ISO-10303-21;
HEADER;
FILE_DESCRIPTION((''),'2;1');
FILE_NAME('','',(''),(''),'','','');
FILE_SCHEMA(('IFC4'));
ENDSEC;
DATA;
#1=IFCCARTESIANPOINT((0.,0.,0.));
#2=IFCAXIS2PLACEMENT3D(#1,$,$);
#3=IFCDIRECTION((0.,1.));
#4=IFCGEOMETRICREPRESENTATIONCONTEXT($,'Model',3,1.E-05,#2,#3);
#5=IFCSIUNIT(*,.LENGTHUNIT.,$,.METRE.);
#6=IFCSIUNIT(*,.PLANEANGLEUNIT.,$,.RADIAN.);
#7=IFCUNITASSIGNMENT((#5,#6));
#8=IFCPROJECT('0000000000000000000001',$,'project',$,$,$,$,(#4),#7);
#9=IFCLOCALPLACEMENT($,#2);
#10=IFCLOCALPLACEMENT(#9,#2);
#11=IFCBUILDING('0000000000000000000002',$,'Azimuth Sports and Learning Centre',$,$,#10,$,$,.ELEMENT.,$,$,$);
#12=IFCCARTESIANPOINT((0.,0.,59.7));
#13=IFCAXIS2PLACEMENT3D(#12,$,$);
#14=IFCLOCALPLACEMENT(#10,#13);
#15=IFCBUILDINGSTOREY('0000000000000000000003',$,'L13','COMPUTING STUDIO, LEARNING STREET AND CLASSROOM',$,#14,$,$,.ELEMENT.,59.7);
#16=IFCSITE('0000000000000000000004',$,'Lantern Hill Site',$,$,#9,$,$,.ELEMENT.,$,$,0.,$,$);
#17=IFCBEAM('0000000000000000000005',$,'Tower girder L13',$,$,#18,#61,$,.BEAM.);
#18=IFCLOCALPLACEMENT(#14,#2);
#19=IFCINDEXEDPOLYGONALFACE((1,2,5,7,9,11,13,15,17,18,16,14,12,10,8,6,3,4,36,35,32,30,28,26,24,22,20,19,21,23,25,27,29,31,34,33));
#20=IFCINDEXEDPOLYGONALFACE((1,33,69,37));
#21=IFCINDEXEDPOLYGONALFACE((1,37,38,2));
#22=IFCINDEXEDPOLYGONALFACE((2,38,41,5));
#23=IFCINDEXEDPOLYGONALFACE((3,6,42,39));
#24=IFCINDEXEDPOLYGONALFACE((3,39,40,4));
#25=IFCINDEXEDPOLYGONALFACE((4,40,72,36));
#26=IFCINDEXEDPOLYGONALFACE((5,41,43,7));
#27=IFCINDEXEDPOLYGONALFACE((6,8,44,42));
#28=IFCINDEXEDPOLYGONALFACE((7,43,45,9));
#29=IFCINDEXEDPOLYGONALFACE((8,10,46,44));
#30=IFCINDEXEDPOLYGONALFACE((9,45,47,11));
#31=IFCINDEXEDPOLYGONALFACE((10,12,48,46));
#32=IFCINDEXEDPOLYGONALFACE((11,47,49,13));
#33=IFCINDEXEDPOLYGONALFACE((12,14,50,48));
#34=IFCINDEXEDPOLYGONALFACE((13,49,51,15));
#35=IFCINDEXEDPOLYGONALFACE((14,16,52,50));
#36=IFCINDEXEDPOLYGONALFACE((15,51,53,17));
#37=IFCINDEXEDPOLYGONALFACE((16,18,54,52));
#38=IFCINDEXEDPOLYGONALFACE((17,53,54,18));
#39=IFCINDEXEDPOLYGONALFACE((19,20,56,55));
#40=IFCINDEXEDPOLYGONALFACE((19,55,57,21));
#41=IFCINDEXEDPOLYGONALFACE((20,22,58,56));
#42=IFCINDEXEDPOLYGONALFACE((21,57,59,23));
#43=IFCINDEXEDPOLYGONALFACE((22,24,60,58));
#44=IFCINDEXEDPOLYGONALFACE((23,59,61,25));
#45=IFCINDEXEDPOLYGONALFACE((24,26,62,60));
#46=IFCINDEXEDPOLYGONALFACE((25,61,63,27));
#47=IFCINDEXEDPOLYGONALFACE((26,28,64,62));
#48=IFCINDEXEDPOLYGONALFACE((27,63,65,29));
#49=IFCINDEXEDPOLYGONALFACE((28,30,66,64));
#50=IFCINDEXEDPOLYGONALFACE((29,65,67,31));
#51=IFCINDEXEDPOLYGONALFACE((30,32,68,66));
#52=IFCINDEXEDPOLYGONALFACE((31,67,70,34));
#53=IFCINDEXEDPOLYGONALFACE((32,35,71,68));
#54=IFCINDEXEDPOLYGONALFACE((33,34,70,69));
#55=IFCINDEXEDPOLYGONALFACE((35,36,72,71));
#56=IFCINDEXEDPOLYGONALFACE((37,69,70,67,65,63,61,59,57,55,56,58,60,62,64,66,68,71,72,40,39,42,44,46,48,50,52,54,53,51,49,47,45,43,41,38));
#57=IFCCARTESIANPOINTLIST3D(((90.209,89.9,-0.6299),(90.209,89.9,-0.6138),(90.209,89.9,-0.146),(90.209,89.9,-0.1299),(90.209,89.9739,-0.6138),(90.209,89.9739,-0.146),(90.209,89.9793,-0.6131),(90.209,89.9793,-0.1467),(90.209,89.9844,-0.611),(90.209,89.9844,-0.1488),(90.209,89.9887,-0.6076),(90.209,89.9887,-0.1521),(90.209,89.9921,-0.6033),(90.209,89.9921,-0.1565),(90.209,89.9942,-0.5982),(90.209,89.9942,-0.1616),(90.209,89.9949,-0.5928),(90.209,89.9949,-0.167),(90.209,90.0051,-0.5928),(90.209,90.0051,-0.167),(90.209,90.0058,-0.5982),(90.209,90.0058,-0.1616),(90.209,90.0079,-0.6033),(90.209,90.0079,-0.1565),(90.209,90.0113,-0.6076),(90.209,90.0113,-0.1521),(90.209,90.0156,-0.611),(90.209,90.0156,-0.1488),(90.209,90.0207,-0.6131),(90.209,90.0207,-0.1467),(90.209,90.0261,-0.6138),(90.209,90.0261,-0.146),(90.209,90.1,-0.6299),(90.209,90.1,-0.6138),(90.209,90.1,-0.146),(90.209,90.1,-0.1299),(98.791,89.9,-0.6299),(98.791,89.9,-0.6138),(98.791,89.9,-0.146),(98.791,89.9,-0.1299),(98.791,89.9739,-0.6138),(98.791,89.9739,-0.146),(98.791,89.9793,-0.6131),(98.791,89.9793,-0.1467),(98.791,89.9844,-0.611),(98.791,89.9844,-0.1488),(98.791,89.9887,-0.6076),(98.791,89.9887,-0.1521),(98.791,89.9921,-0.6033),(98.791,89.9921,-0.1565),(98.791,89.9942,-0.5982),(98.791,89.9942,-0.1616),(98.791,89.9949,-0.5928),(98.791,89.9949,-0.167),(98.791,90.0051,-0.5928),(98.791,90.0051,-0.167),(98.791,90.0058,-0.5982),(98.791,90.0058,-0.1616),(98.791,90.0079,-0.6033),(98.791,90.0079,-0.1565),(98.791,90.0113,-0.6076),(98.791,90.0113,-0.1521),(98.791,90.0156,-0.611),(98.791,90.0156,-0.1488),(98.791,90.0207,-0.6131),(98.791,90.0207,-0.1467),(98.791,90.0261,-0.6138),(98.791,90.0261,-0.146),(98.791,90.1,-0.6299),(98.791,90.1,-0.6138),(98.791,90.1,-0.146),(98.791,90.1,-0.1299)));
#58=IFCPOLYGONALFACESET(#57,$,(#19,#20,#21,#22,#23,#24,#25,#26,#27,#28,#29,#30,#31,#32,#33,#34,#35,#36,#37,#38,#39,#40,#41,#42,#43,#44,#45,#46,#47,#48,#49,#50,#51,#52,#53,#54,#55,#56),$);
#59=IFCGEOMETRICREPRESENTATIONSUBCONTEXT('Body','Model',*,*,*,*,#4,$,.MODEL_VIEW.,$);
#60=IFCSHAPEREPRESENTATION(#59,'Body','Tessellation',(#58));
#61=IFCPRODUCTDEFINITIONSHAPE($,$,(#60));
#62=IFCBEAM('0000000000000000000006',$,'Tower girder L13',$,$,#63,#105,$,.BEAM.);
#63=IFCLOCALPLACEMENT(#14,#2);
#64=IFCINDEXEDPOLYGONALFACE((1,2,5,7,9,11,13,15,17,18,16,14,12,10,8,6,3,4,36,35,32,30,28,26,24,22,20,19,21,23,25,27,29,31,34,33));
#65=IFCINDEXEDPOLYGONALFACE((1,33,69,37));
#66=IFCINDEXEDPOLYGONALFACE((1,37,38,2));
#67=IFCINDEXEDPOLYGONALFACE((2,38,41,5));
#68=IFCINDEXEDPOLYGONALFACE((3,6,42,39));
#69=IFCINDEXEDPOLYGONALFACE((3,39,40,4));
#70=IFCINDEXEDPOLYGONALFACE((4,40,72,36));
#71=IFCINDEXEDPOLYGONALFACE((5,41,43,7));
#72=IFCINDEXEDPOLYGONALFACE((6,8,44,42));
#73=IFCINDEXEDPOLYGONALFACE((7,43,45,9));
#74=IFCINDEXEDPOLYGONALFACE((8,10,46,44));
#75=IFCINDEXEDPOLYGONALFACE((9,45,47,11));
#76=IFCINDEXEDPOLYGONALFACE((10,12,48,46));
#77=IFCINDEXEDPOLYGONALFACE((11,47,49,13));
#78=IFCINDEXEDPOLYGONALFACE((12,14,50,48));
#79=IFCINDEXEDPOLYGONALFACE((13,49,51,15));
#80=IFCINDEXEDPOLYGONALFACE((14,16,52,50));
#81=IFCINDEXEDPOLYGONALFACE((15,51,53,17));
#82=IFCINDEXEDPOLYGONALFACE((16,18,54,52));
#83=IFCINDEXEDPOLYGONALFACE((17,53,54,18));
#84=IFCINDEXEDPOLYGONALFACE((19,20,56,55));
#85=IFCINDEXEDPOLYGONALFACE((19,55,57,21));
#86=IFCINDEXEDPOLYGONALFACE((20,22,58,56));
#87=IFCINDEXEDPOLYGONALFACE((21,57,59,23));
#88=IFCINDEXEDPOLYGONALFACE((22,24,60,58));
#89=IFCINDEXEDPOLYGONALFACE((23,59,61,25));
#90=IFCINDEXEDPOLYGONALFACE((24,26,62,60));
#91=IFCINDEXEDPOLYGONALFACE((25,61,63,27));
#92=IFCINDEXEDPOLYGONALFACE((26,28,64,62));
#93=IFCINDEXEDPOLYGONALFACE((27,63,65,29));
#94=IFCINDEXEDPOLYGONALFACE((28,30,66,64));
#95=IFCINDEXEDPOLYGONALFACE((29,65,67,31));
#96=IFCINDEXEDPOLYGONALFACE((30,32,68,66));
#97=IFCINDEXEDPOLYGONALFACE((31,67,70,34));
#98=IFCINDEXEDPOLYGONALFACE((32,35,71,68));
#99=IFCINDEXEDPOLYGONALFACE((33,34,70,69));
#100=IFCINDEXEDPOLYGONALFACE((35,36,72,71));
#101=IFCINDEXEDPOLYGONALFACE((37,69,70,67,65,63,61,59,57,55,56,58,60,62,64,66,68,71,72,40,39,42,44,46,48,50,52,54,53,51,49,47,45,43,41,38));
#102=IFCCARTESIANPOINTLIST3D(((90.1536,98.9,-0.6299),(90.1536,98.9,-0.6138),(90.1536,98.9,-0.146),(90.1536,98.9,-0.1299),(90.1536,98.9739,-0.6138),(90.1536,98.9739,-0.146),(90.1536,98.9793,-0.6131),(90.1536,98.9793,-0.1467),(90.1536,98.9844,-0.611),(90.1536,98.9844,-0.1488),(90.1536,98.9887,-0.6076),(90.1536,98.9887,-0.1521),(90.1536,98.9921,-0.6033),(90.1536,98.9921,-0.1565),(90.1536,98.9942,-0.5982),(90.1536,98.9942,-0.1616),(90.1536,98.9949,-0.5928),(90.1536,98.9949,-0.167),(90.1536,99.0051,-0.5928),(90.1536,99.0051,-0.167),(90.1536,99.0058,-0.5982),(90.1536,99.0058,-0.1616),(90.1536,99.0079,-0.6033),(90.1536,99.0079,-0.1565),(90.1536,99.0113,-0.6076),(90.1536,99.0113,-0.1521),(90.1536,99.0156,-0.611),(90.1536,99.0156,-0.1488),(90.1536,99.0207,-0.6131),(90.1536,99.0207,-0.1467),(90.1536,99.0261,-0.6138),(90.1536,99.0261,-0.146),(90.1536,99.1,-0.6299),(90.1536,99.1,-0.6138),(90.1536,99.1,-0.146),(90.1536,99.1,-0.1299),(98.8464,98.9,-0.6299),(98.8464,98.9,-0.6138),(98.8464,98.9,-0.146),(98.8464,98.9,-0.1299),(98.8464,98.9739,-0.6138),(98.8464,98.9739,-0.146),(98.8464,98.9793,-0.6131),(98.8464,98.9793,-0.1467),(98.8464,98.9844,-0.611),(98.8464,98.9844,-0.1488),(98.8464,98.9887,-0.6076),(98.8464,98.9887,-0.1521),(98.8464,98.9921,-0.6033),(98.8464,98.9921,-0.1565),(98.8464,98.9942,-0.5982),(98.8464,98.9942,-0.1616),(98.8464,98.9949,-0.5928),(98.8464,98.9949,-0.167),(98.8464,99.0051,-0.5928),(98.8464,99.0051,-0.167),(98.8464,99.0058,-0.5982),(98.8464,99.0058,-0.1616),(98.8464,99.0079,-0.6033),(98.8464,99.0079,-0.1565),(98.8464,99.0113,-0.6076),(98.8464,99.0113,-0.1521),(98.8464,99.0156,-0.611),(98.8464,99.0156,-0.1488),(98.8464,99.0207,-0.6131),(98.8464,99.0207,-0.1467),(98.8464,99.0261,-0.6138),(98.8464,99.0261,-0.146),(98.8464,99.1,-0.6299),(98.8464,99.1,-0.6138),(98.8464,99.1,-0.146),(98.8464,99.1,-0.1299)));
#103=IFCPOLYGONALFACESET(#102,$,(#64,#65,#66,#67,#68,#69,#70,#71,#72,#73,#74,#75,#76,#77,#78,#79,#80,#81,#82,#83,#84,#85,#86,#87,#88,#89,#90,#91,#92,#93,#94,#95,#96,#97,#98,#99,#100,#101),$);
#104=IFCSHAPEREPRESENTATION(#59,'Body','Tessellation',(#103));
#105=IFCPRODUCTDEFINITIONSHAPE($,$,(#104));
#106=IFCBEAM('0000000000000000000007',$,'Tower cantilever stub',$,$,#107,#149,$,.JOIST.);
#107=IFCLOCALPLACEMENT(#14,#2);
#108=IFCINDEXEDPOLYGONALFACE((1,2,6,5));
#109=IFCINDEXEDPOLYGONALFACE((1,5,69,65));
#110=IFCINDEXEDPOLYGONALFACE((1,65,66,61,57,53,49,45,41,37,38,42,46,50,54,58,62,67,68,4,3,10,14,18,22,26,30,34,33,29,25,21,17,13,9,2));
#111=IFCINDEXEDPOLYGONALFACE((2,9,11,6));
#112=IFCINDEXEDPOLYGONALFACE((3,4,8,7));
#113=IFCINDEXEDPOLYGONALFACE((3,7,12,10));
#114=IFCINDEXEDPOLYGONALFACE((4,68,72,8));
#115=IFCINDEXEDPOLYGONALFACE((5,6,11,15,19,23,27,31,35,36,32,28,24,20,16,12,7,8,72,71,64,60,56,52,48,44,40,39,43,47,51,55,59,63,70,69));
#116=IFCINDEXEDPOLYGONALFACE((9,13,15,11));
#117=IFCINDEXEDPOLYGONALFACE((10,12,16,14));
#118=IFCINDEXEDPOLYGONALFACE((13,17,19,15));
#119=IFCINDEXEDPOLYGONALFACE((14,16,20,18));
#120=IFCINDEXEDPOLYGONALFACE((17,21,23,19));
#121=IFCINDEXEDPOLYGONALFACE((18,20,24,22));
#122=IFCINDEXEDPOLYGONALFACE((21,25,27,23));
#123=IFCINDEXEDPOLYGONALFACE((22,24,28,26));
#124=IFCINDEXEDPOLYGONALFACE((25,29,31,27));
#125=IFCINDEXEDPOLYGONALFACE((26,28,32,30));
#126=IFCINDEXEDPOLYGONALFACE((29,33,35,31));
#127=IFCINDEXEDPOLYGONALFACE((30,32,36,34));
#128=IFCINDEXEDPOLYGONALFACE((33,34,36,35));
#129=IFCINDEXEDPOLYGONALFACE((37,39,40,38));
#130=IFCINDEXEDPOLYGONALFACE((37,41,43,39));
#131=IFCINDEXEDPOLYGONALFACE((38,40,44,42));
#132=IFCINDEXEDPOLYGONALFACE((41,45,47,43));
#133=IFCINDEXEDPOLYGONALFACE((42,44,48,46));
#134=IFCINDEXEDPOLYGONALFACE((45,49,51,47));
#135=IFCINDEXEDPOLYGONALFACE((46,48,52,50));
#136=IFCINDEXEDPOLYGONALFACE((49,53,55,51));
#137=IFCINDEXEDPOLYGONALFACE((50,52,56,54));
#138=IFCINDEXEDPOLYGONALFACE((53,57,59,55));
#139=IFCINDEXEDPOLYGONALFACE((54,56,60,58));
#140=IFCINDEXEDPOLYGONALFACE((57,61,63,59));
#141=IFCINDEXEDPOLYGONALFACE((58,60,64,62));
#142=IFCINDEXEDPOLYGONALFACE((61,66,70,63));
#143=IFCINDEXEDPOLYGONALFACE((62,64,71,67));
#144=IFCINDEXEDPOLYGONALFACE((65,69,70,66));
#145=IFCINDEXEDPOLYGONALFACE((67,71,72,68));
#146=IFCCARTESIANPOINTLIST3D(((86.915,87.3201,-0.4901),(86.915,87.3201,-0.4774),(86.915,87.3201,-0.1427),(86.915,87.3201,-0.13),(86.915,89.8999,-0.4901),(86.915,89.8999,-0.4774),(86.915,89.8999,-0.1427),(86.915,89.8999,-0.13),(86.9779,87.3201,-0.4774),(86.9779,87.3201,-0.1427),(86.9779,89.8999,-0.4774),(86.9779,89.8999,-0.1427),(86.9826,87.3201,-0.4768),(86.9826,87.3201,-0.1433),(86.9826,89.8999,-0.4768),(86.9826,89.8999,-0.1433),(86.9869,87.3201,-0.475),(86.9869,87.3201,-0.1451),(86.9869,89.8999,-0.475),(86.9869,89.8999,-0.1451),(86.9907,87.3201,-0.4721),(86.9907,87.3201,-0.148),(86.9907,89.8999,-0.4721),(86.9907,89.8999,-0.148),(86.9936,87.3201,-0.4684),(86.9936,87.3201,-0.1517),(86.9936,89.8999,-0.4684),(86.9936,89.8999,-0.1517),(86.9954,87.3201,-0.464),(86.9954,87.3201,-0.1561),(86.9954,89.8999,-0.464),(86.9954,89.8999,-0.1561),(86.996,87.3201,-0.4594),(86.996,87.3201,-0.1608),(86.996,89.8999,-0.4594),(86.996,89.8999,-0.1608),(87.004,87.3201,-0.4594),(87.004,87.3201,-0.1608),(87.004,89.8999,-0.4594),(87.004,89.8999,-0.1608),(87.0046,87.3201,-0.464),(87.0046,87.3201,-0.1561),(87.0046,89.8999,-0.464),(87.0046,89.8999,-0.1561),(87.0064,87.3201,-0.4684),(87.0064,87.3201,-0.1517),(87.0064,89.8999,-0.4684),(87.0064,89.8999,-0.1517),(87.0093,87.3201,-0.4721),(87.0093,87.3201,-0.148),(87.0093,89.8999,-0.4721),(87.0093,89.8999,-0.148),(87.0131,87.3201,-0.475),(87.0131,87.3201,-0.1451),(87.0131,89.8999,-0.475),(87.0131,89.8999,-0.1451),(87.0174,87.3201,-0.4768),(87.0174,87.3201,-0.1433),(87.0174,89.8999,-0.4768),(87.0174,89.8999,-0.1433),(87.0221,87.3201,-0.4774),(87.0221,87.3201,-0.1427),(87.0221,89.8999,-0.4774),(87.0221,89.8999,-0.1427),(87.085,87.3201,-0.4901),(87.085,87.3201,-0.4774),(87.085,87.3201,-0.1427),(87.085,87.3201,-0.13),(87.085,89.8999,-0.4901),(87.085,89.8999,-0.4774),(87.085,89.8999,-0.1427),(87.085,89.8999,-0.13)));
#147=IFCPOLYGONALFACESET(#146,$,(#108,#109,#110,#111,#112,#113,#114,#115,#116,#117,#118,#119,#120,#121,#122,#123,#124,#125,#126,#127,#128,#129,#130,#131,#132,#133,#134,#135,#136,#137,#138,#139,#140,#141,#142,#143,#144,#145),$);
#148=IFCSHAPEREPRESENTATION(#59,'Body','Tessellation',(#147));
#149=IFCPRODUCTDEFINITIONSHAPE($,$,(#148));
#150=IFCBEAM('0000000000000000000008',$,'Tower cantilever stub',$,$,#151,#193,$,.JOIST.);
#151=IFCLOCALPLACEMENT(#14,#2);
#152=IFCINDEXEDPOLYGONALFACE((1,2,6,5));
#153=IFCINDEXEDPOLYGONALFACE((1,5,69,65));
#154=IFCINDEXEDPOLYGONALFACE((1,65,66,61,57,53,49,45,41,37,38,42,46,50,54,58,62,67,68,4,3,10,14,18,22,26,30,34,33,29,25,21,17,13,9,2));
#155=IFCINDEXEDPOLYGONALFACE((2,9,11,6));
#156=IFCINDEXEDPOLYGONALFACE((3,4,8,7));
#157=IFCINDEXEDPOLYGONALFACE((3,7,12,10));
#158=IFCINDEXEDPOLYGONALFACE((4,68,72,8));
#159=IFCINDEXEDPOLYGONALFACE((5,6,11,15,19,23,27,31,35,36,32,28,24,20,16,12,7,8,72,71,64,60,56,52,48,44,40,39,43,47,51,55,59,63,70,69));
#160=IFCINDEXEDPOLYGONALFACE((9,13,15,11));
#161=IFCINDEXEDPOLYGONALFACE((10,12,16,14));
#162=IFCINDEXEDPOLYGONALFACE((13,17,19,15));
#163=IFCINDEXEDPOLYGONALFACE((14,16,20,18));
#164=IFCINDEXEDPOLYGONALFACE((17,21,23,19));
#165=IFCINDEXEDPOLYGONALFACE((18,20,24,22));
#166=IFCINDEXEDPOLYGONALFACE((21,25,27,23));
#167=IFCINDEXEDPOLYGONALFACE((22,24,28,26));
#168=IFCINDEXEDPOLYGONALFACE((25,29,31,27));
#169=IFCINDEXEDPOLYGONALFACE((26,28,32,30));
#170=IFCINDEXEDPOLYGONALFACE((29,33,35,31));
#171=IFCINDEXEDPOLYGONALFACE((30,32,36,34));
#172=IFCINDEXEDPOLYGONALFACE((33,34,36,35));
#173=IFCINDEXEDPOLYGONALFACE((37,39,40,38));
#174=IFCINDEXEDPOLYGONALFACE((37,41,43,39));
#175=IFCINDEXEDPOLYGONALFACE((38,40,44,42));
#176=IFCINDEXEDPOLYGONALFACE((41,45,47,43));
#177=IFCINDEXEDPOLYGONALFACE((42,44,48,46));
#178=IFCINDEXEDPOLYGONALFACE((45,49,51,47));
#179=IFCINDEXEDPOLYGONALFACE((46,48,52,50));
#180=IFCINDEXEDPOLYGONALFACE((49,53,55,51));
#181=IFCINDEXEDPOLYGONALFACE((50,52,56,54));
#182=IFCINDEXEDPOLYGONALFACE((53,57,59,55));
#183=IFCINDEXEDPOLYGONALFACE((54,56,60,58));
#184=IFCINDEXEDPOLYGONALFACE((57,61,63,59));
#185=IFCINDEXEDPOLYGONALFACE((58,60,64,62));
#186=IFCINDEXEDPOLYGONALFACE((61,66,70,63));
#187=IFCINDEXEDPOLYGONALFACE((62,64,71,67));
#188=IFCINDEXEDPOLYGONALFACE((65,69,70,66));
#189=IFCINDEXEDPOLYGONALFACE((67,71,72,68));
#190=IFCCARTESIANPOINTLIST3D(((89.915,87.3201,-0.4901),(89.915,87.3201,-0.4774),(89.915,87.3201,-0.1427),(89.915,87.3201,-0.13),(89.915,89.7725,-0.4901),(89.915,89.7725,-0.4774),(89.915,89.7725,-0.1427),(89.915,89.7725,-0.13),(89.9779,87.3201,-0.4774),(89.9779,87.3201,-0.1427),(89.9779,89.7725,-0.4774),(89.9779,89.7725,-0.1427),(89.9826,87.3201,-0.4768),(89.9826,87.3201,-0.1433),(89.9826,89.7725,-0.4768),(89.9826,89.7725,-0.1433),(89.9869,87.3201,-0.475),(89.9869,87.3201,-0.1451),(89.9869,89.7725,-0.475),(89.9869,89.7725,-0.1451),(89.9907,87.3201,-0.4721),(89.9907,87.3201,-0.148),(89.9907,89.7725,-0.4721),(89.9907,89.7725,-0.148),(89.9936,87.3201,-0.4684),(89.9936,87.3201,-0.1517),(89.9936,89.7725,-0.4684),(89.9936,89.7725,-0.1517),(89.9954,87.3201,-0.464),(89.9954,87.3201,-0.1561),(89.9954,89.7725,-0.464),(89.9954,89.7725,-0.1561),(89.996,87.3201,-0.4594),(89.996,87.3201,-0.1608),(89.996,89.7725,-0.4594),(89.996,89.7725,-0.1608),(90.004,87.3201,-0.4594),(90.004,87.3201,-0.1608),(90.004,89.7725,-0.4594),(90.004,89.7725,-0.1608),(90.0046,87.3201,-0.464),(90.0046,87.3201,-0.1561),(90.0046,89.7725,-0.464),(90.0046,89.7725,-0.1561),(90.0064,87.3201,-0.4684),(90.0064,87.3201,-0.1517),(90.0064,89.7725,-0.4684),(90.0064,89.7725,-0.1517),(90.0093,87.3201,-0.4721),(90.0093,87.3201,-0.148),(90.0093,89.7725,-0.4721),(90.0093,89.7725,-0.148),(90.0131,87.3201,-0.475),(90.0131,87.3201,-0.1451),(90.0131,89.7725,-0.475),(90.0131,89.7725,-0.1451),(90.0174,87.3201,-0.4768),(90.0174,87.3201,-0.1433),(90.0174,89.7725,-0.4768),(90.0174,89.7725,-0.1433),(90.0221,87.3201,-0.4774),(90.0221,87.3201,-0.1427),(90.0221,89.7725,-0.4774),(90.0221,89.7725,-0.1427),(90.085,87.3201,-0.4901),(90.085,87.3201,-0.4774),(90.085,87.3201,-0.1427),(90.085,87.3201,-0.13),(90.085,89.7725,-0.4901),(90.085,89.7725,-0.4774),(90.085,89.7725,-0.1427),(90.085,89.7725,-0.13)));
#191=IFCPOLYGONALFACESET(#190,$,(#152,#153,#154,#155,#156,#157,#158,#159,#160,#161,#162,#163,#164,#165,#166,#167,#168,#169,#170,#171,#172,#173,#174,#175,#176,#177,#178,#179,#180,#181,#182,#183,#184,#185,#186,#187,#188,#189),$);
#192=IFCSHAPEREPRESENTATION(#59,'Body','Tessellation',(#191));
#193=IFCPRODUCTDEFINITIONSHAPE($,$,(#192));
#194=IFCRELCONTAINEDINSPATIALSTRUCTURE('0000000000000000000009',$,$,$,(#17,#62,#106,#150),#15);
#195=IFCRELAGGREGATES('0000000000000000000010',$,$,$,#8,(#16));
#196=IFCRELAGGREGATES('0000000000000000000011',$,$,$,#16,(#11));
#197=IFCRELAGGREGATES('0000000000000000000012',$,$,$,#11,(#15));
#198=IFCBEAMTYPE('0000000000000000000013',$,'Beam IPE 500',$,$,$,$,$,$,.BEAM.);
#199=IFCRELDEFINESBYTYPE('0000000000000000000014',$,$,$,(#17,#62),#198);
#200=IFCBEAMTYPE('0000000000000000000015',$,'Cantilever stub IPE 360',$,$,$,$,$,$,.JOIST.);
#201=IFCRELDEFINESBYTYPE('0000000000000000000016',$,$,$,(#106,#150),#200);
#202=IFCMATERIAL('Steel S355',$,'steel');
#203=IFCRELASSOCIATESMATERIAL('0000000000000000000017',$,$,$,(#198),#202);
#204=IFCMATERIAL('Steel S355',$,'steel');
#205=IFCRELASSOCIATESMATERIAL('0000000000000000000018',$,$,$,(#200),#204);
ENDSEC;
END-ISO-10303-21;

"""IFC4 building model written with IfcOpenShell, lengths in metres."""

from ifc_helpers import new_model, si_unit, direction, frame, origin, origin_2d, place, context, subcontext, project, spatial, i_section, extrude, material, material_profile, profile_set, type_object, element, save


model = new_model("IFC4")

# Units and contexts
model_context = context("Model", 3, precision=1e-05, world=origin(), true_north=direction((0.0, 1.0)))
body_context = subcontext(model_context, "Body", "Model", "MODEL_VIEW")
ifc_project = project(units=[si_unit("LENGTHUNIT", "METRE"), si_unit("PLANEANGLEUNIT", "RADIAN")], contexts=[model_context])

# Site, building, storey
site_placement = place(None, origin())
site = spatial("IfcSite", under=ifc_project, at=site_placement, Name="Lantern Hill Site", CompositionType="ELEMENT", RefElevation=0.0)
building_placement = place(site_placement, origin())
building = spatial("IfcBuilding", under=site, at=building_placement, Name="Azimuth Sports and Learning Centre", CompositionType="ELEMENT")
storey_placement = place(building_placement, frame((0.0, 0.0, 59.7)))
storey = spatial("IfcBuildingStorey", under=building, at=storey_placement, Name="L13", Description="COMPUTING STUDIO, LEARNING STREET AND CLASSROOM", CompositionType="ELEMENT", Elevation=59.7)

# Beams
ifc_material_1 = material(Name="Steel S355", Category="steel")
ifc_material_profile_1 = material_profile(ifc_material_1, i_section(OverallWidth=0.2, OverallDepth=0.5, WebThickness=0.0103, FlangeThickness=0.0161, FilletRadius=0.021, at=origin_2d()), Name="IPE 500")
ifc_profile_set_1 = profile_set([ifc_material_profile_1], Name="Steel S355")
beam_type_1 = type_object("IfcBeamType", Name="Beam IPE 500", PredefinedType="BEAM", material=ifc_profile_set_1)
beam_1_placement = place(storey_placement, frame((90.209, 90.0, -0.3799), z_axis=(1.0, 0.0, 0.0), x_axis=(0.0, 1.0, 0.0)))
element("IfcBeam", 1, at=beam_1_placement, inside=storey, type_object=beam_type_1, Name="Tower girder L13", PredefinedType="BEAM", context=body_context, shape_type="SweptSolid", body=[
    extrude(i_section(OverallWidth=0.2, OverallDepth=0.5, WebThickness=0.0103, FlangeThickness=0.0161, FilletRadius=0.021, at=origin_2d()), origin(), (0.0, 0.0, 1.0), 8.582),
])
beam_2_placement = place(storey_placement, frame((90.1536, 99.0, -0.3799), z_axis=(1.0, 0.0, 0.0), x_axis=(0.0, 1.0, 0.0)))
element("IfcBeam", 2, at=beam_2_placement, inside=storey, type_object=beam_type_1, Name="Tower girder L13", PredefinedType="BEAM", context=body_context, shape_type="SweptSolid", body=[
    extrude(i_section(OverallWidth=0.2, OverallDepth=0.5, WebThickness=0.0103, FlangeThickness=0.0161, FilletRadius=0.021, at=origin_2d()), origin(), (0.0, 0.0, 1.0), 8.6929),
])
ifc_material_2 = material(Name="Steel S355", Category="steel")
ifc_material_profile_2 = material_profile(ifc_material_2, i_section(OverallWidth=0.1699, OverallDepth=0.3601, WebThickness=0.0081, FlangeThickness=0.0127, FilletRadius=0.0181, at=origin_2d()), Name="IPE 360")
ifc_profile_set_2 = profile_set([ifc_material_profile_2], Name="Steel S355")
beam_type_2 = type_object("IfcBeamType", Name="Cantilever stub IPE 360", PredefinedType="JOIST", material=ifc_profile_set_2)
beam_3_placement = place(storey_placement, frame((87.0, 89.8999, -0.3101), z_axis=(0.0, -1.0, 0.0), x_axis=(1.0, 0.0, 0.0)))
element("IfcBeam", 3, at=beam_3_placement, inside=storey, type_object=beam_type_2, Name="Tower cantilever stub", PredefinedType="JOIST", context=body_context, shape_type="SweptSolid", body=[
    extrude(i_section(OverallWidth=0.1699, OverallDepth=0.3601, WebThickness=0.0081, FlangeThickness=0.0127, FilletRadius=0.0181, at=origin_2d()), origin(), (0.0, 0.0, 1.0), 2.5798),
])
beam_4_placement = place(storey_placement, frame((90.0, 89.7725, -0.3101), z_axis=(0.0, -1.0, 0.0), x_axis=(1.0, 0.0, 0.0)))
element("IfcBeam", 4, at=beam_4_placement, inside=storey, type_object=beam_type_2, Name="Tower cantilever stub", PredefinedType="JOIST", context=body_context, shape_type="SweptSolid", body=[
    extrude(i_section(OverallWidth=0.1699, OverallDepth=0.3601, WebThickness=0.0081, FlangeThickness=0.0127, FilletRadius=0.0181, at=origin_2d()), origin(), (0.0, 0.0, 1.0), 2.4524),
])

save(model, "model.ifc")
